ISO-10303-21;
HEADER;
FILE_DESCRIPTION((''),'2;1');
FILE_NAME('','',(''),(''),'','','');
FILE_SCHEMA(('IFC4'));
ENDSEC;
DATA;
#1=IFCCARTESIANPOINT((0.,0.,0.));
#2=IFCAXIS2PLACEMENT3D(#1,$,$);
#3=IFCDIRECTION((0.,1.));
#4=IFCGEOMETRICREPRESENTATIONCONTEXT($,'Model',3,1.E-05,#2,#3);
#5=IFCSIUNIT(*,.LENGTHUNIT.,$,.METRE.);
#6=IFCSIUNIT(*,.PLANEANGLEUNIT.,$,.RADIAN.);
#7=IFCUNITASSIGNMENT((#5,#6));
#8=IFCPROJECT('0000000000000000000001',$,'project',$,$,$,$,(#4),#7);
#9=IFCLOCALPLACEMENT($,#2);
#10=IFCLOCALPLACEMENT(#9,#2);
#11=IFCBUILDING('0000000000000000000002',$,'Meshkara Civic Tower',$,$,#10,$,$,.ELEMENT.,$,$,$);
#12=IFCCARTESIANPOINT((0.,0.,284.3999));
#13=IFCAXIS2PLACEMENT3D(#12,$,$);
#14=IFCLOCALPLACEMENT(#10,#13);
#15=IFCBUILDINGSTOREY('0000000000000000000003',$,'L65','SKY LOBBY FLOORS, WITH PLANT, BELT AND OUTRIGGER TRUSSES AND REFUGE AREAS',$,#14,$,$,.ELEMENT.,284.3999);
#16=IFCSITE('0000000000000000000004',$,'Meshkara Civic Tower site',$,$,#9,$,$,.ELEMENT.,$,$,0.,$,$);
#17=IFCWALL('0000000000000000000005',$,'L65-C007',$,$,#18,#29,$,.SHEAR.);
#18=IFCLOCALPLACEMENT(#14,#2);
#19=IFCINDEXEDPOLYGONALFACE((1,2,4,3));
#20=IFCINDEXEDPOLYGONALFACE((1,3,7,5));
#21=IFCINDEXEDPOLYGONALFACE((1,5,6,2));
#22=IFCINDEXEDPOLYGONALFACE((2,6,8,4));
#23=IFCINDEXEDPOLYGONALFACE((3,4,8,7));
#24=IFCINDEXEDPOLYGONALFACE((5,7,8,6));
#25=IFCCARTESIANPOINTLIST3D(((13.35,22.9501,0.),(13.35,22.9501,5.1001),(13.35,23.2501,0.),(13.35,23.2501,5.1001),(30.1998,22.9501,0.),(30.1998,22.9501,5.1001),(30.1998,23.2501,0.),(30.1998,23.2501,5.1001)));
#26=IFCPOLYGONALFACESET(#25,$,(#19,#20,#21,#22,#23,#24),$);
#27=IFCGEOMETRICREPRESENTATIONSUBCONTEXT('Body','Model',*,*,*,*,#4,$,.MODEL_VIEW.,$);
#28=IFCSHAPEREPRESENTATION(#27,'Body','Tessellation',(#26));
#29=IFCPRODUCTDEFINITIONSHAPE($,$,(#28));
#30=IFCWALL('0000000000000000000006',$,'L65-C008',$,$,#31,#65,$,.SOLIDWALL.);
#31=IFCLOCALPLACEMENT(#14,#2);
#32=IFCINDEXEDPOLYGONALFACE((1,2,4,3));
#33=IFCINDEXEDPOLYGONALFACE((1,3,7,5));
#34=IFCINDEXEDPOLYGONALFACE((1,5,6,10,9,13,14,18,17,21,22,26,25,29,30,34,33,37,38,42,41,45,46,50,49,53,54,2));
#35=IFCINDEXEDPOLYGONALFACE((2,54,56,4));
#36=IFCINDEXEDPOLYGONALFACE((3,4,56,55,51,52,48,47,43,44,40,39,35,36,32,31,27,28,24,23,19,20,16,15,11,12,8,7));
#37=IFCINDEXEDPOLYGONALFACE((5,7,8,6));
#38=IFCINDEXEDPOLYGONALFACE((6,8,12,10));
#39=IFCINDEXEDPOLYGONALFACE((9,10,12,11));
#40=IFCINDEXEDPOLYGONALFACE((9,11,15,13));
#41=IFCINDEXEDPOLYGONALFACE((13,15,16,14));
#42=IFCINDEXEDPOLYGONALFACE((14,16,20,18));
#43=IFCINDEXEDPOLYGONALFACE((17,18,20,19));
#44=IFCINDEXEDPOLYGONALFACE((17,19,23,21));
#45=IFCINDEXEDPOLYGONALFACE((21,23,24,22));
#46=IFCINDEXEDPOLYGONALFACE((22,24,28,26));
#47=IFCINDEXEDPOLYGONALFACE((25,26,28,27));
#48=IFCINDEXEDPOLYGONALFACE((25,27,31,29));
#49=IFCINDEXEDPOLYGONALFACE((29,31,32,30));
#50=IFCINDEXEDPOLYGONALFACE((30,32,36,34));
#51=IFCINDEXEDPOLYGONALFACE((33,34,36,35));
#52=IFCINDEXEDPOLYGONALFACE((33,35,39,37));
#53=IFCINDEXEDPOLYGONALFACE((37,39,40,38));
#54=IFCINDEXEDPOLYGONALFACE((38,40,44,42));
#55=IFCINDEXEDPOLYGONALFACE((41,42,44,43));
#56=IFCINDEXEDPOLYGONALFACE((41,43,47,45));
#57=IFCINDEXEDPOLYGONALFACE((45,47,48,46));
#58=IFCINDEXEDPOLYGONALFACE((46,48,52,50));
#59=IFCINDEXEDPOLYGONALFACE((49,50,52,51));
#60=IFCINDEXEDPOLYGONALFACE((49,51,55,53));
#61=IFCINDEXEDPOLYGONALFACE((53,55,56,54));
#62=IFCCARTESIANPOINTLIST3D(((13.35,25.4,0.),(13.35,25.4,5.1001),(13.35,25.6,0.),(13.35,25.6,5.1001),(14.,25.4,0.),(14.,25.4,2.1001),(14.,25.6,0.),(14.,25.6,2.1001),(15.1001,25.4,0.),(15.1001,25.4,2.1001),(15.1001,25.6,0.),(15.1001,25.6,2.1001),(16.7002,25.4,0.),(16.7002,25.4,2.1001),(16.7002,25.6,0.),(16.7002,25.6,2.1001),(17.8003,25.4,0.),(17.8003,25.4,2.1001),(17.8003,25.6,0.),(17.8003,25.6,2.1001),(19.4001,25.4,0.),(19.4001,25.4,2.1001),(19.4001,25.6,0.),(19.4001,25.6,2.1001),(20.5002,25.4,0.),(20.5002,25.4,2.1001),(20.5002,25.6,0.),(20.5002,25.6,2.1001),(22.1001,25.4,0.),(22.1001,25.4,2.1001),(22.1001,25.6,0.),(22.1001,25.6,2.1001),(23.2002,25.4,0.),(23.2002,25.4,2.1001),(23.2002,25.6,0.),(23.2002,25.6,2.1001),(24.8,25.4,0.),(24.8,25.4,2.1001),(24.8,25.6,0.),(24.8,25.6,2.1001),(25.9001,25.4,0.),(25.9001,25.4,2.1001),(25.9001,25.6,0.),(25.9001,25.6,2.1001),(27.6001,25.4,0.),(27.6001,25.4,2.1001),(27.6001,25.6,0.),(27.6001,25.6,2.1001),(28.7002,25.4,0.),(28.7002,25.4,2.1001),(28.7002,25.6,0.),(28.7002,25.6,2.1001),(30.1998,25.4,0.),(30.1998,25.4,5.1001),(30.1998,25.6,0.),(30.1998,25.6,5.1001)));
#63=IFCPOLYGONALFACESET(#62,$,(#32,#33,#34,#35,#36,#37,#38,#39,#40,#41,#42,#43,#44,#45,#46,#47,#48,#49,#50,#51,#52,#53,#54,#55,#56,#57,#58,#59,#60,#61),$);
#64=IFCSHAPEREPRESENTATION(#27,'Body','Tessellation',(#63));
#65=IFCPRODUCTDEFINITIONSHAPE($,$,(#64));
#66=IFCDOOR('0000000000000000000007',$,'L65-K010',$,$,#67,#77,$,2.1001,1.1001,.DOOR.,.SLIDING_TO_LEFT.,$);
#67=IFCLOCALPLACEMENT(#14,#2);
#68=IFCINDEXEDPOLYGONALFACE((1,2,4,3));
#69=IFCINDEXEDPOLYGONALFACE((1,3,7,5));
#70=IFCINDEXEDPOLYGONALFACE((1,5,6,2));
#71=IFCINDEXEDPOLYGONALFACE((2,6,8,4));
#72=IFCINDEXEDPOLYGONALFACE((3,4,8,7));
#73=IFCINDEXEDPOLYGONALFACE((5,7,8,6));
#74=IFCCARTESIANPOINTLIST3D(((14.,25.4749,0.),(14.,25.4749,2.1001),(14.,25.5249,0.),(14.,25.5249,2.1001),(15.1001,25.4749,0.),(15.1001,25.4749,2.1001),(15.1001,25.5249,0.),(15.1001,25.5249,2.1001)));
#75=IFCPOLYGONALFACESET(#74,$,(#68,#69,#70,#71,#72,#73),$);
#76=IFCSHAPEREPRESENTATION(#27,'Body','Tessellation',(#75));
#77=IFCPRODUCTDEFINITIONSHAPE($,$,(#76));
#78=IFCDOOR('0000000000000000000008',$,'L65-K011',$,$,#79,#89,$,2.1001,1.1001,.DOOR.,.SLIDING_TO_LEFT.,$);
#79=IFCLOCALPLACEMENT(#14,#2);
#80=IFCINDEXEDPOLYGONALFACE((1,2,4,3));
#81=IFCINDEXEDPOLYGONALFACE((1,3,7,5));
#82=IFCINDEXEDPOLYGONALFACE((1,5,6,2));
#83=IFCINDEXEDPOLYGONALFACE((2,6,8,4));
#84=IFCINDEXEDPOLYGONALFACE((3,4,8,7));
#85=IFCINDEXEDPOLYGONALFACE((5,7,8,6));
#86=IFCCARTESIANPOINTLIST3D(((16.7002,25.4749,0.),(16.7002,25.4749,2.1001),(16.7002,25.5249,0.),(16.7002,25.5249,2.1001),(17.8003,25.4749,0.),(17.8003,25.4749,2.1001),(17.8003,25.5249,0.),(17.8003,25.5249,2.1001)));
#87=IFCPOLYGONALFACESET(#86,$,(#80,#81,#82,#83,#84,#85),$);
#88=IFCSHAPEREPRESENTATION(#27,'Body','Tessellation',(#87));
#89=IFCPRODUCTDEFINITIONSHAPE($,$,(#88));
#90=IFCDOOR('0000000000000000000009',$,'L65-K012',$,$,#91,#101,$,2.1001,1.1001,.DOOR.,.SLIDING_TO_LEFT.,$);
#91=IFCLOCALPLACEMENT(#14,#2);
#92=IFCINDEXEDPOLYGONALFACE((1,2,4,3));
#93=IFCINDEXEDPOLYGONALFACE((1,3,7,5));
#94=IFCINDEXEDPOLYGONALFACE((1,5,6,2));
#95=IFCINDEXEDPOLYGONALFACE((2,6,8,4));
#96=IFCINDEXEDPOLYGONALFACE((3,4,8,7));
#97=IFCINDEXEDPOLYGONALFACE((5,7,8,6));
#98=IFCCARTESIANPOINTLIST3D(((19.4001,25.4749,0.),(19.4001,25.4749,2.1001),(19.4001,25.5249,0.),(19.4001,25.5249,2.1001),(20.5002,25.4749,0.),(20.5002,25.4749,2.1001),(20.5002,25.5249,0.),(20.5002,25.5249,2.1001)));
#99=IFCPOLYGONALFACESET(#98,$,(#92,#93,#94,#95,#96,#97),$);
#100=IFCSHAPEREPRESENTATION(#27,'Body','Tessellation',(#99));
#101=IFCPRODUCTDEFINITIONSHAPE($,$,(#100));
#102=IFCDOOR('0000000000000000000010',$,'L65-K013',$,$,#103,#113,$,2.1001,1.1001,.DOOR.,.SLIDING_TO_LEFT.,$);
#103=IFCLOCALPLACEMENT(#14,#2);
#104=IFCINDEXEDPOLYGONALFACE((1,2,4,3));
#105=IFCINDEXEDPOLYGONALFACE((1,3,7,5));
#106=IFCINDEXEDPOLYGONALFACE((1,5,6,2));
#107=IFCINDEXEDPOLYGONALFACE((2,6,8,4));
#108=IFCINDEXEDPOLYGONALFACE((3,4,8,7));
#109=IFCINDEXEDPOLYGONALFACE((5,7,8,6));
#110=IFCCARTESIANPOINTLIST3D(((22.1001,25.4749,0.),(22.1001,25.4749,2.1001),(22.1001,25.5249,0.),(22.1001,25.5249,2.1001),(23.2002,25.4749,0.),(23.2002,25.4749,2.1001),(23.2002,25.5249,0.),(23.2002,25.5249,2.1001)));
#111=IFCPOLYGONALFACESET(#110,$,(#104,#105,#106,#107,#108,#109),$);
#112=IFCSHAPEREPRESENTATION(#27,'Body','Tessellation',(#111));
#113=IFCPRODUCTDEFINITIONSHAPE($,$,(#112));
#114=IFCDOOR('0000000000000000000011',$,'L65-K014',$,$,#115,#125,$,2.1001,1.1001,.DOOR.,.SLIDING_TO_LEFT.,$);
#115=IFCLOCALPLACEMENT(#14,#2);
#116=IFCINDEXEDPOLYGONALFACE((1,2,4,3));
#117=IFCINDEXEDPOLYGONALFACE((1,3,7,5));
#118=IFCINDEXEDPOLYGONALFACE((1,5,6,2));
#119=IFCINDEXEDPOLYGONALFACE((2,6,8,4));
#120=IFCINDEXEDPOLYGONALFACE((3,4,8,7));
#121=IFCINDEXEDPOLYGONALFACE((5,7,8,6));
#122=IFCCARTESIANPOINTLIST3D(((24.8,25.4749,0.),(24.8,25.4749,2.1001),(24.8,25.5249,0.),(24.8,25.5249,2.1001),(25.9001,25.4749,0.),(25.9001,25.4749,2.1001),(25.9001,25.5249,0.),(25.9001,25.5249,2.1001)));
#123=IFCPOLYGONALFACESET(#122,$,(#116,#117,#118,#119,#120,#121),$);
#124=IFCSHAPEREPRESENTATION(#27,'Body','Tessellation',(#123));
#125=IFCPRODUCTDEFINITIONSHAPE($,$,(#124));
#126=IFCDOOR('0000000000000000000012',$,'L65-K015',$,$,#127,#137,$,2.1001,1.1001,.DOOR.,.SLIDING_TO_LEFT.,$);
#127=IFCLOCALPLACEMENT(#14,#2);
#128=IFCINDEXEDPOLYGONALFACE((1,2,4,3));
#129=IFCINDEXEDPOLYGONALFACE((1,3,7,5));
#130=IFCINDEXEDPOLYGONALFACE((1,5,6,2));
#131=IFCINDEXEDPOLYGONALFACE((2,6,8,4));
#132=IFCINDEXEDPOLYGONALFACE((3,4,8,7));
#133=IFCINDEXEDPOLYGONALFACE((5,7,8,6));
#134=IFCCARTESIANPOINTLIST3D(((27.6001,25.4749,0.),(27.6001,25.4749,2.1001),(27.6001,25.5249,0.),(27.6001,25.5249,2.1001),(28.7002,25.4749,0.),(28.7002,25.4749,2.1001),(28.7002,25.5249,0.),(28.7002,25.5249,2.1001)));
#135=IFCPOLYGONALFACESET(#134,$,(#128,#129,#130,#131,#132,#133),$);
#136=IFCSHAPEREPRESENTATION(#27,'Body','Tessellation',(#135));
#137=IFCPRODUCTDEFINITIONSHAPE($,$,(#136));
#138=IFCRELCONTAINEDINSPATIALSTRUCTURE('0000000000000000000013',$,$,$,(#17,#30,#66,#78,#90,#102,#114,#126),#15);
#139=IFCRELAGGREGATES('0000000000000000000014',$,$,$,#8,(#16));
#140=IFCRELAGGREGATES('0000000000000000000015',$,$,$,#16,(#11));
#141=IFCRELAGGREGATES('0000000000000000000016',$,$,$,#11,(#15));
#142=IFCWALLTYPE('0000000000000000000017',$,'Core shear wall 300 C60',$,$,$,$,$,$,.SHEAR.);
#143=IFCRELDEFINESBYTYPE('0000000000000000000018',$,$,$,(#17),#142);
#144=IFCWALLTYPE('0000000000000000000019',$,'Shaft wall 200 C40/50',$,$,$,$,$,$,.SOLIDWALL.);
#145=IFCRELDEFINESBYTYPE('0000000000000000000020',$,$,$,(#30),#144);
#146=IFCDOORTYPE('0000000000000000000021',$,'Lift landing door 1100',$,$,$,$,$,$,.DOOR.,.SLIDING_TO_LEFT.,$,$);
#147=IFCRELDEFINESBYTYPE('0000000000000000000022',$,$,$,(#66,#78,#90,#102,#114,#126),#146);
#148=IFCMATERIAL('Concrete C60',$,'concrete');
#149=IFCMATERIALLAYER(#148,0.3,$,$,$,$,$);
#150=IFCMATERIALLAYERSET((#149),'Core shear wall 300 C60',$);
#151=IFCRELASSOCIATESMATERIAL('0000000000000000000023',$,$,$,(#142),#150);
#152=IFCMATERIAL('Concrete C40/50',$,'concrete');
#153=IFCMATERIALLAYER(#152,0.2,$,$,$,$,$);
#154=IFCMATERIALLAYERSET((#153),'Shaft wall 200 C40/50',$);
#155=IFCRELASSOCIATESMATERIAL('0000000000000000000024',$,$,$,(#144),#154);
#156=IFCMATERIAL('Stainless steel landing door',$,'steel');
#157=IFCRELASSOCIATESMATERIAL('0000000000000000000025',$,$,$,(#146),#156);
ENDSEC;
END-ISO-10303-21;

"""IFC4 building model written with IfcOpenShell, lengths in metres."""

from ifc_helpers import new_model, si_unit, direction, frame, frame_2d, origin, place, context, subcontext, project, spatial, rectangle, extrude, material, layer, layer_set, type_object, element, fill, save


model = new_model("IFC4")

# Units and contexts
model_context = context("Model", 3, precision=1e-05, world=origin(), true_north=direction((0.0, 1.0)))
body_context = subcontext(model_context, "Body", "Model", "MODEL_VIEW")
ifc_project = project(units=[si_unit("LENGTHUNIT", "METRE"), si_unit("PLANEANGLEUNIT", "RADIAN")], contexts=[model_context])

# Site, building, storey
site_placement = place(None, origin())
site = spatial("IfcSite", under=ifc_project, at=site_placement, Name="Meshkara Civic Tower site", CompositionType="ELEMENT", RefElevation=0.0)
building_placement = place(site_placement, origin())
building = spatial("IfcBuilding", under=site, at=building_placement, Name="Meshkara Civic Tower", CompositionType="ELEMENT")
storey_placement = place(building_placement, frame((0.0, 0.0, 284.3999)))
storey = spatial("IfcBuildingStorey", under=building, at=storey_placement, Name="L65", Description="SKY LOBBY FLOORS, WITH PLANT, BELT AND OUTRIGGER TRUSSES AND REFUGE AREAS", CompositionType="ELEMENT", Elevation=284.3999)

# Wall
ifc_material_1 = material(Name="Concrete C60", Category="concrete")
ifc_layer_1 = layer(ifc_material_1, 0.3)
ifc_layer_set_1 = layer_set([ifc_layer_1], Name="Core shear wall 300 C60")
wall_type_1 = type_object("IfcWallType", Name="Core shear wall 300 C60", PredefinedType="SHEAR", material=ifc_layer_set_1)
wall_1_placement = place(storey_placement, frame((13.3501, 23.1001, 0.0), z_axis=(0.0, 0.0, 1.0), x_axis=(1.0, 0.0, 0.0)))
element("IfcWall", 1, at=wall_1_placement, inside=storey, type_object=wall_type_1, Name="L65-C007", PredefinedType="SHEAR", context=body_context, shape_type="SweptSolid", body=[
    extrude(rectangle(XDim=16.8499, YDim=0.3, at=frame_2d((8.4248, 0.0))), origin(), (0.0, 0.0, 1.0), 5.1001),
])

# Wall, openings, doors
ifc_material_2 = material(Name="Concrete C40/50", Category="concrete")
ifc_layer_2 = layer(ifc_material_2, 0.2)
ifc_layer_set_2 = layer_set([ifc_layer_2], Name="Shaft wall 200 C40/50")
wall_type_2 = type_object("IfcWallType", Name="Shaft wall 200 C40/50", PredefinedType="SOLIDWALL", material=ifc_layer_set_2)
wall_2_placement = place(storey_placement, frame((13.3501, 25.5, 0.0), z_axis=(0.0, 0.0, 1.0), x_axis=(1.0, 0.0, 0.0)))
wall_2 = element("IfcWall", 2, at=wall_2_placement, inside=storey, type_object=wall_type_2, Name="L65-C008", PredefinedType="SOLIDWALL", context=body_context, shape_type="SweptSolid", body=[
    extrude(rectangle(XDim=16.8499, YDim=0.2, at=frame_2d((8.4248, 0.0))), origin(), (0.0, 0.0, 1.0), 5.1001),
])
opening_1_placement = place(wall_2_placement, frame((0.6499, 0.0, 0.0)))
opening_1 = element("IfcOpeningElement", 3, at=opening_1_placement, cuts=wall_2, PredefinedType="OPENING", context=body_context, shape_type="SweptSolid", body=[
    extrude(rectangle(XDim=1.1001, YDim=2.1001, at=frame_2d((0.55, 1.05))), frame((0.0, 0.1099, 0.0), z_axis=(0.0, -1.0, 0.0), x_axis=(1.0, 0.0, 0.0)), (0.0, 0.0, 1.0), 0.22),
])
opening_2_placement = place(wall_2_placement, frame((3.3501, 0.0, 0.0)))
opening_2 = element("IfcOpeningElement", 4, at=opening_2_placement, cuts=wall_2, PredefinedType="OPENING", context=body_context, shape_type="SweptSolid", body=[
    extrude(rectangle(XDim=1.1001, YDim=2.1001, at=frame_2d((0.55, 1.05))), frame((0.0, 0.1099, 0.0), z_axis=(0.0, -1.0, 0.0), x_axis=(1.0, 0.0, 0.0)), (0.0, 0.0, 1.0), 0.22),
])
opening_3_placement = place(wall_2_placement, frame((6.05, 0.0, 0.0)))
opening_3 = element("IfcOpeningElement", 5, at=opening_3_placement, cuts=wall_2, PredefinedType="OPENING", context=body_context, shape_type="SweptSolid", body=[
    extrude(rectangle(XDim=1.1001, YDim=2.1001, at=frame_2d((0.55, 1.05))), frame((0.0, 0.1099, 0.0), z_axis=(0.0, -1.0, 0.0), x_axis=(1.0, 0.0, 0.0)), (0.0, 0.0, 1.0), 0.22),
])
opening_4_placement = place(wall_2_placement, frame((8.75, 0.0, 0.0)))
opening_4 = element("IfcOpeningElement", 6, at=opening_4_placement, cuts=wall_2, PredefinedType="OPENING", context=body_context, shape_type="SweptSolid", body=[
    extrude(rectangle(XDim=1.1001, YDim=2.1001, at=frame_2d((0.55, 1.05))), frame((0.0, 0.1099, 0.0), z_axis=(0.0, -1.0, 0.0), x_axis=(1.0, 0.0, 0.0)), (0.0, 0.0, 1.0), 0.22),
])
opening_5_placement = place(wall_2_placement, frame((11.45, 0.0, 0.0)))
opening_5 = element("IfcOpeningElement", 7, at=opening_5_placement, cuts=wall_2, PredefinedType="OPENING", context=body_context, shape_type="SweptSolid", body=[
    extrude(rectangle(XDim=1.1001, YDim=2.1001, at=frame_2d((0.55, 1.05))), frame((0.0, 0.1099, 0.0), z_axis=(0.0, -1.0, 0.0), x_axis=(1.0, 0.0, 0.0)), (0.0, 0.0, 1.0), 0.22),
])
opening_6_placement = place(wall_2_placement, frame((14.25, 0.0, 0.0)))
opening_6 = element("IfcOpeningElement", 8, at=opening_6_placement, cuts=wall_2, PredefinedType="OPENING", context=body_context, shape_type="SweptSolid", body=[
    extrude(rectangle(XDim=1.1001, YDim=2.1001, at=frame_2d((0.55, 1.05))), frame((0.0, 0.1099, 0.0), z_axis=(0.0, -1.0, 0.0), x_axis=(1.0, 0.0, 0.0)), (0.0, 0.0, 1.0), 0.22),
])
ifc_material_3 = material(Name="Stainless steel landing door", Category="steel")
door_type_1 = type_object("IfcDoorType", Name="Lift landing door 1100", OperationType="SLIDING_TO_LEFT", PredefinedType="DOOR", material=ifc_material_3)
door_1_placement = place(opening_1_placement, origin())
door_1 = element("IfcDoor", 9, at=door_1_placement, inside=storey, type_object=door_type_1, Name="L65-K010", OperationType="SLIDING_TO_LEFT", OverallHeight=2.1001, OverallWidth=1.1001, PredefinedType="DOOR", context=body_context, shape_type="SweptSolid", body=[
    extrude(rectangle(XDim=1.1001, YDim=2.1001, at=frame_2d((0.55, 1.05))), frame((0.0, 0.0249, 0.0), z_axis=(0.0, -1.0, 0.0), x_axis=(1.0, 0.0, 0.0)), (0.0, 0.0, 1.0), 0.05),
])
fill(opening_1, door_1)
door_2_placement = place(opening_2_placement, origin())
door_2 = element("IfcDoor", 10, at=door_2_placement, inside=storey, type_object=door_type_1, Name="L65-K011", OperationType="SLIDING_TO_LEFT", OverallHeight=2.1001, OverallWidth=1.1001, PredefinedType="DOOR", context=body_context, shape_type="SweptSolid", body=[
    extrude(rectangle(XDim=1.1001, YDim=2.1001, at=frame_2d((0.55, 1.05))), frame((0.0, 0.0249, 0.0), z_axis=(0.0, -1.0, 0.0), x_axis=(1.0, 0.0, 0.0)), (0.0, 0.0, 1.0), 0.05),
])
fill(opening_2, door_2)
door_3_placement = place(opening_3_placement, origin())
door_3 = element("IfcDoor", 11, at=door_3_placement, inside=storey, type_object=door_type_1, Name="L65-K012", OperationType="SLIDING_TO_LEFT", OverallHeight=2.1001, OverallWidth=1.1001, PredefinedType="DOOR", context=body_context, shape_type="SweptSolid", body=[
    extrude(rectangle(XDim=1.1001, YDim=2.1001, at=frame_2d((0.55, 1.05))), frame((0.0, 0.0249, 0.0), z_axis=(0.0, -1.0, 0.0), x_axis=(1.0, 0.0, 0.0)), (0.0, 0.0, 1.0), 0.05),
])
fill(opening_3, door_3)
door_4_placement = place(opening_4_placement, origin())
door_4 = element("IfcDoor", 12, at=door_4_placement, inside=storey, type_object=door_type_1, Name="L65-K013", OperationType="SLIDING_TO_LEFT", OverallHeight=2.1001, OverallWidth=1.1001, PredefinedType="DOOR", context=body_context, shape_type="SweptSolid", body=[
    extrude(rectangle(XDim=1.1001, YDim=2.1001, at=frame_2d((0.55, 1.05))), frame((0.0, 0.0249, 0.0), z_axis=(0.0, -1.0, 0.0), x_axis=(1.0, 0.0, 0.0)), (0.0, 0.0, 1.0), 0.05),
])
fill(opening_4, door_4)
door_5_placement = place(opening_5_placement, origin())
door_5 = element("IfcDoor", 13, at=door_5_placement, inside=storey, type_object=door_type_1, Name="L65-K014", OperationType="SLIDING_TO_LEFT", OverallHeight=2.1001, OverallWidth=1.1001, PredefinedType="DOOR", context=body_context, shape_type="SweptSolid", body=[
    extrude(rectangle(XDim=1.1001, YDim=2.1001, at=frame_2d((0.55, 1.05))), frame((0.0, 0.0249, 0.0), z_axis=(0.0, -1.0, 0.0), x_axis=(1.0, 0.0, 0.0)), (0.0, 0.0, 1.0), 0.05),
])
fill(opening_5, door_5)
door_6_placement = place(opening_6_placement, origin())
door_6 = element("IfcDoor", 14, at=door_6_placement, inside=storey, type_object=door_type_1, Name="L65-K015", OperationType="SLIDING_TO_LEFT", OverallHeight=2.1001, OverallWidth=1.1001, PredefinedType="DOOR", context=body_context, shape_type="SweptSolid", body=[
    extrude(rectangle(XDim=1.1001, YDim=2.1001, at=frame_2d((0.55, 1.05))), frame((0.0, 0.0249, 0.0), z_axis=(0.0, -1.0, 0.0), x_axis=(1.0, 0.0, 0.0)), (0.0, 0.0, 1.0), 0.05),
])
fill(opening_6, door_6)

save(model, "model.ifc")
